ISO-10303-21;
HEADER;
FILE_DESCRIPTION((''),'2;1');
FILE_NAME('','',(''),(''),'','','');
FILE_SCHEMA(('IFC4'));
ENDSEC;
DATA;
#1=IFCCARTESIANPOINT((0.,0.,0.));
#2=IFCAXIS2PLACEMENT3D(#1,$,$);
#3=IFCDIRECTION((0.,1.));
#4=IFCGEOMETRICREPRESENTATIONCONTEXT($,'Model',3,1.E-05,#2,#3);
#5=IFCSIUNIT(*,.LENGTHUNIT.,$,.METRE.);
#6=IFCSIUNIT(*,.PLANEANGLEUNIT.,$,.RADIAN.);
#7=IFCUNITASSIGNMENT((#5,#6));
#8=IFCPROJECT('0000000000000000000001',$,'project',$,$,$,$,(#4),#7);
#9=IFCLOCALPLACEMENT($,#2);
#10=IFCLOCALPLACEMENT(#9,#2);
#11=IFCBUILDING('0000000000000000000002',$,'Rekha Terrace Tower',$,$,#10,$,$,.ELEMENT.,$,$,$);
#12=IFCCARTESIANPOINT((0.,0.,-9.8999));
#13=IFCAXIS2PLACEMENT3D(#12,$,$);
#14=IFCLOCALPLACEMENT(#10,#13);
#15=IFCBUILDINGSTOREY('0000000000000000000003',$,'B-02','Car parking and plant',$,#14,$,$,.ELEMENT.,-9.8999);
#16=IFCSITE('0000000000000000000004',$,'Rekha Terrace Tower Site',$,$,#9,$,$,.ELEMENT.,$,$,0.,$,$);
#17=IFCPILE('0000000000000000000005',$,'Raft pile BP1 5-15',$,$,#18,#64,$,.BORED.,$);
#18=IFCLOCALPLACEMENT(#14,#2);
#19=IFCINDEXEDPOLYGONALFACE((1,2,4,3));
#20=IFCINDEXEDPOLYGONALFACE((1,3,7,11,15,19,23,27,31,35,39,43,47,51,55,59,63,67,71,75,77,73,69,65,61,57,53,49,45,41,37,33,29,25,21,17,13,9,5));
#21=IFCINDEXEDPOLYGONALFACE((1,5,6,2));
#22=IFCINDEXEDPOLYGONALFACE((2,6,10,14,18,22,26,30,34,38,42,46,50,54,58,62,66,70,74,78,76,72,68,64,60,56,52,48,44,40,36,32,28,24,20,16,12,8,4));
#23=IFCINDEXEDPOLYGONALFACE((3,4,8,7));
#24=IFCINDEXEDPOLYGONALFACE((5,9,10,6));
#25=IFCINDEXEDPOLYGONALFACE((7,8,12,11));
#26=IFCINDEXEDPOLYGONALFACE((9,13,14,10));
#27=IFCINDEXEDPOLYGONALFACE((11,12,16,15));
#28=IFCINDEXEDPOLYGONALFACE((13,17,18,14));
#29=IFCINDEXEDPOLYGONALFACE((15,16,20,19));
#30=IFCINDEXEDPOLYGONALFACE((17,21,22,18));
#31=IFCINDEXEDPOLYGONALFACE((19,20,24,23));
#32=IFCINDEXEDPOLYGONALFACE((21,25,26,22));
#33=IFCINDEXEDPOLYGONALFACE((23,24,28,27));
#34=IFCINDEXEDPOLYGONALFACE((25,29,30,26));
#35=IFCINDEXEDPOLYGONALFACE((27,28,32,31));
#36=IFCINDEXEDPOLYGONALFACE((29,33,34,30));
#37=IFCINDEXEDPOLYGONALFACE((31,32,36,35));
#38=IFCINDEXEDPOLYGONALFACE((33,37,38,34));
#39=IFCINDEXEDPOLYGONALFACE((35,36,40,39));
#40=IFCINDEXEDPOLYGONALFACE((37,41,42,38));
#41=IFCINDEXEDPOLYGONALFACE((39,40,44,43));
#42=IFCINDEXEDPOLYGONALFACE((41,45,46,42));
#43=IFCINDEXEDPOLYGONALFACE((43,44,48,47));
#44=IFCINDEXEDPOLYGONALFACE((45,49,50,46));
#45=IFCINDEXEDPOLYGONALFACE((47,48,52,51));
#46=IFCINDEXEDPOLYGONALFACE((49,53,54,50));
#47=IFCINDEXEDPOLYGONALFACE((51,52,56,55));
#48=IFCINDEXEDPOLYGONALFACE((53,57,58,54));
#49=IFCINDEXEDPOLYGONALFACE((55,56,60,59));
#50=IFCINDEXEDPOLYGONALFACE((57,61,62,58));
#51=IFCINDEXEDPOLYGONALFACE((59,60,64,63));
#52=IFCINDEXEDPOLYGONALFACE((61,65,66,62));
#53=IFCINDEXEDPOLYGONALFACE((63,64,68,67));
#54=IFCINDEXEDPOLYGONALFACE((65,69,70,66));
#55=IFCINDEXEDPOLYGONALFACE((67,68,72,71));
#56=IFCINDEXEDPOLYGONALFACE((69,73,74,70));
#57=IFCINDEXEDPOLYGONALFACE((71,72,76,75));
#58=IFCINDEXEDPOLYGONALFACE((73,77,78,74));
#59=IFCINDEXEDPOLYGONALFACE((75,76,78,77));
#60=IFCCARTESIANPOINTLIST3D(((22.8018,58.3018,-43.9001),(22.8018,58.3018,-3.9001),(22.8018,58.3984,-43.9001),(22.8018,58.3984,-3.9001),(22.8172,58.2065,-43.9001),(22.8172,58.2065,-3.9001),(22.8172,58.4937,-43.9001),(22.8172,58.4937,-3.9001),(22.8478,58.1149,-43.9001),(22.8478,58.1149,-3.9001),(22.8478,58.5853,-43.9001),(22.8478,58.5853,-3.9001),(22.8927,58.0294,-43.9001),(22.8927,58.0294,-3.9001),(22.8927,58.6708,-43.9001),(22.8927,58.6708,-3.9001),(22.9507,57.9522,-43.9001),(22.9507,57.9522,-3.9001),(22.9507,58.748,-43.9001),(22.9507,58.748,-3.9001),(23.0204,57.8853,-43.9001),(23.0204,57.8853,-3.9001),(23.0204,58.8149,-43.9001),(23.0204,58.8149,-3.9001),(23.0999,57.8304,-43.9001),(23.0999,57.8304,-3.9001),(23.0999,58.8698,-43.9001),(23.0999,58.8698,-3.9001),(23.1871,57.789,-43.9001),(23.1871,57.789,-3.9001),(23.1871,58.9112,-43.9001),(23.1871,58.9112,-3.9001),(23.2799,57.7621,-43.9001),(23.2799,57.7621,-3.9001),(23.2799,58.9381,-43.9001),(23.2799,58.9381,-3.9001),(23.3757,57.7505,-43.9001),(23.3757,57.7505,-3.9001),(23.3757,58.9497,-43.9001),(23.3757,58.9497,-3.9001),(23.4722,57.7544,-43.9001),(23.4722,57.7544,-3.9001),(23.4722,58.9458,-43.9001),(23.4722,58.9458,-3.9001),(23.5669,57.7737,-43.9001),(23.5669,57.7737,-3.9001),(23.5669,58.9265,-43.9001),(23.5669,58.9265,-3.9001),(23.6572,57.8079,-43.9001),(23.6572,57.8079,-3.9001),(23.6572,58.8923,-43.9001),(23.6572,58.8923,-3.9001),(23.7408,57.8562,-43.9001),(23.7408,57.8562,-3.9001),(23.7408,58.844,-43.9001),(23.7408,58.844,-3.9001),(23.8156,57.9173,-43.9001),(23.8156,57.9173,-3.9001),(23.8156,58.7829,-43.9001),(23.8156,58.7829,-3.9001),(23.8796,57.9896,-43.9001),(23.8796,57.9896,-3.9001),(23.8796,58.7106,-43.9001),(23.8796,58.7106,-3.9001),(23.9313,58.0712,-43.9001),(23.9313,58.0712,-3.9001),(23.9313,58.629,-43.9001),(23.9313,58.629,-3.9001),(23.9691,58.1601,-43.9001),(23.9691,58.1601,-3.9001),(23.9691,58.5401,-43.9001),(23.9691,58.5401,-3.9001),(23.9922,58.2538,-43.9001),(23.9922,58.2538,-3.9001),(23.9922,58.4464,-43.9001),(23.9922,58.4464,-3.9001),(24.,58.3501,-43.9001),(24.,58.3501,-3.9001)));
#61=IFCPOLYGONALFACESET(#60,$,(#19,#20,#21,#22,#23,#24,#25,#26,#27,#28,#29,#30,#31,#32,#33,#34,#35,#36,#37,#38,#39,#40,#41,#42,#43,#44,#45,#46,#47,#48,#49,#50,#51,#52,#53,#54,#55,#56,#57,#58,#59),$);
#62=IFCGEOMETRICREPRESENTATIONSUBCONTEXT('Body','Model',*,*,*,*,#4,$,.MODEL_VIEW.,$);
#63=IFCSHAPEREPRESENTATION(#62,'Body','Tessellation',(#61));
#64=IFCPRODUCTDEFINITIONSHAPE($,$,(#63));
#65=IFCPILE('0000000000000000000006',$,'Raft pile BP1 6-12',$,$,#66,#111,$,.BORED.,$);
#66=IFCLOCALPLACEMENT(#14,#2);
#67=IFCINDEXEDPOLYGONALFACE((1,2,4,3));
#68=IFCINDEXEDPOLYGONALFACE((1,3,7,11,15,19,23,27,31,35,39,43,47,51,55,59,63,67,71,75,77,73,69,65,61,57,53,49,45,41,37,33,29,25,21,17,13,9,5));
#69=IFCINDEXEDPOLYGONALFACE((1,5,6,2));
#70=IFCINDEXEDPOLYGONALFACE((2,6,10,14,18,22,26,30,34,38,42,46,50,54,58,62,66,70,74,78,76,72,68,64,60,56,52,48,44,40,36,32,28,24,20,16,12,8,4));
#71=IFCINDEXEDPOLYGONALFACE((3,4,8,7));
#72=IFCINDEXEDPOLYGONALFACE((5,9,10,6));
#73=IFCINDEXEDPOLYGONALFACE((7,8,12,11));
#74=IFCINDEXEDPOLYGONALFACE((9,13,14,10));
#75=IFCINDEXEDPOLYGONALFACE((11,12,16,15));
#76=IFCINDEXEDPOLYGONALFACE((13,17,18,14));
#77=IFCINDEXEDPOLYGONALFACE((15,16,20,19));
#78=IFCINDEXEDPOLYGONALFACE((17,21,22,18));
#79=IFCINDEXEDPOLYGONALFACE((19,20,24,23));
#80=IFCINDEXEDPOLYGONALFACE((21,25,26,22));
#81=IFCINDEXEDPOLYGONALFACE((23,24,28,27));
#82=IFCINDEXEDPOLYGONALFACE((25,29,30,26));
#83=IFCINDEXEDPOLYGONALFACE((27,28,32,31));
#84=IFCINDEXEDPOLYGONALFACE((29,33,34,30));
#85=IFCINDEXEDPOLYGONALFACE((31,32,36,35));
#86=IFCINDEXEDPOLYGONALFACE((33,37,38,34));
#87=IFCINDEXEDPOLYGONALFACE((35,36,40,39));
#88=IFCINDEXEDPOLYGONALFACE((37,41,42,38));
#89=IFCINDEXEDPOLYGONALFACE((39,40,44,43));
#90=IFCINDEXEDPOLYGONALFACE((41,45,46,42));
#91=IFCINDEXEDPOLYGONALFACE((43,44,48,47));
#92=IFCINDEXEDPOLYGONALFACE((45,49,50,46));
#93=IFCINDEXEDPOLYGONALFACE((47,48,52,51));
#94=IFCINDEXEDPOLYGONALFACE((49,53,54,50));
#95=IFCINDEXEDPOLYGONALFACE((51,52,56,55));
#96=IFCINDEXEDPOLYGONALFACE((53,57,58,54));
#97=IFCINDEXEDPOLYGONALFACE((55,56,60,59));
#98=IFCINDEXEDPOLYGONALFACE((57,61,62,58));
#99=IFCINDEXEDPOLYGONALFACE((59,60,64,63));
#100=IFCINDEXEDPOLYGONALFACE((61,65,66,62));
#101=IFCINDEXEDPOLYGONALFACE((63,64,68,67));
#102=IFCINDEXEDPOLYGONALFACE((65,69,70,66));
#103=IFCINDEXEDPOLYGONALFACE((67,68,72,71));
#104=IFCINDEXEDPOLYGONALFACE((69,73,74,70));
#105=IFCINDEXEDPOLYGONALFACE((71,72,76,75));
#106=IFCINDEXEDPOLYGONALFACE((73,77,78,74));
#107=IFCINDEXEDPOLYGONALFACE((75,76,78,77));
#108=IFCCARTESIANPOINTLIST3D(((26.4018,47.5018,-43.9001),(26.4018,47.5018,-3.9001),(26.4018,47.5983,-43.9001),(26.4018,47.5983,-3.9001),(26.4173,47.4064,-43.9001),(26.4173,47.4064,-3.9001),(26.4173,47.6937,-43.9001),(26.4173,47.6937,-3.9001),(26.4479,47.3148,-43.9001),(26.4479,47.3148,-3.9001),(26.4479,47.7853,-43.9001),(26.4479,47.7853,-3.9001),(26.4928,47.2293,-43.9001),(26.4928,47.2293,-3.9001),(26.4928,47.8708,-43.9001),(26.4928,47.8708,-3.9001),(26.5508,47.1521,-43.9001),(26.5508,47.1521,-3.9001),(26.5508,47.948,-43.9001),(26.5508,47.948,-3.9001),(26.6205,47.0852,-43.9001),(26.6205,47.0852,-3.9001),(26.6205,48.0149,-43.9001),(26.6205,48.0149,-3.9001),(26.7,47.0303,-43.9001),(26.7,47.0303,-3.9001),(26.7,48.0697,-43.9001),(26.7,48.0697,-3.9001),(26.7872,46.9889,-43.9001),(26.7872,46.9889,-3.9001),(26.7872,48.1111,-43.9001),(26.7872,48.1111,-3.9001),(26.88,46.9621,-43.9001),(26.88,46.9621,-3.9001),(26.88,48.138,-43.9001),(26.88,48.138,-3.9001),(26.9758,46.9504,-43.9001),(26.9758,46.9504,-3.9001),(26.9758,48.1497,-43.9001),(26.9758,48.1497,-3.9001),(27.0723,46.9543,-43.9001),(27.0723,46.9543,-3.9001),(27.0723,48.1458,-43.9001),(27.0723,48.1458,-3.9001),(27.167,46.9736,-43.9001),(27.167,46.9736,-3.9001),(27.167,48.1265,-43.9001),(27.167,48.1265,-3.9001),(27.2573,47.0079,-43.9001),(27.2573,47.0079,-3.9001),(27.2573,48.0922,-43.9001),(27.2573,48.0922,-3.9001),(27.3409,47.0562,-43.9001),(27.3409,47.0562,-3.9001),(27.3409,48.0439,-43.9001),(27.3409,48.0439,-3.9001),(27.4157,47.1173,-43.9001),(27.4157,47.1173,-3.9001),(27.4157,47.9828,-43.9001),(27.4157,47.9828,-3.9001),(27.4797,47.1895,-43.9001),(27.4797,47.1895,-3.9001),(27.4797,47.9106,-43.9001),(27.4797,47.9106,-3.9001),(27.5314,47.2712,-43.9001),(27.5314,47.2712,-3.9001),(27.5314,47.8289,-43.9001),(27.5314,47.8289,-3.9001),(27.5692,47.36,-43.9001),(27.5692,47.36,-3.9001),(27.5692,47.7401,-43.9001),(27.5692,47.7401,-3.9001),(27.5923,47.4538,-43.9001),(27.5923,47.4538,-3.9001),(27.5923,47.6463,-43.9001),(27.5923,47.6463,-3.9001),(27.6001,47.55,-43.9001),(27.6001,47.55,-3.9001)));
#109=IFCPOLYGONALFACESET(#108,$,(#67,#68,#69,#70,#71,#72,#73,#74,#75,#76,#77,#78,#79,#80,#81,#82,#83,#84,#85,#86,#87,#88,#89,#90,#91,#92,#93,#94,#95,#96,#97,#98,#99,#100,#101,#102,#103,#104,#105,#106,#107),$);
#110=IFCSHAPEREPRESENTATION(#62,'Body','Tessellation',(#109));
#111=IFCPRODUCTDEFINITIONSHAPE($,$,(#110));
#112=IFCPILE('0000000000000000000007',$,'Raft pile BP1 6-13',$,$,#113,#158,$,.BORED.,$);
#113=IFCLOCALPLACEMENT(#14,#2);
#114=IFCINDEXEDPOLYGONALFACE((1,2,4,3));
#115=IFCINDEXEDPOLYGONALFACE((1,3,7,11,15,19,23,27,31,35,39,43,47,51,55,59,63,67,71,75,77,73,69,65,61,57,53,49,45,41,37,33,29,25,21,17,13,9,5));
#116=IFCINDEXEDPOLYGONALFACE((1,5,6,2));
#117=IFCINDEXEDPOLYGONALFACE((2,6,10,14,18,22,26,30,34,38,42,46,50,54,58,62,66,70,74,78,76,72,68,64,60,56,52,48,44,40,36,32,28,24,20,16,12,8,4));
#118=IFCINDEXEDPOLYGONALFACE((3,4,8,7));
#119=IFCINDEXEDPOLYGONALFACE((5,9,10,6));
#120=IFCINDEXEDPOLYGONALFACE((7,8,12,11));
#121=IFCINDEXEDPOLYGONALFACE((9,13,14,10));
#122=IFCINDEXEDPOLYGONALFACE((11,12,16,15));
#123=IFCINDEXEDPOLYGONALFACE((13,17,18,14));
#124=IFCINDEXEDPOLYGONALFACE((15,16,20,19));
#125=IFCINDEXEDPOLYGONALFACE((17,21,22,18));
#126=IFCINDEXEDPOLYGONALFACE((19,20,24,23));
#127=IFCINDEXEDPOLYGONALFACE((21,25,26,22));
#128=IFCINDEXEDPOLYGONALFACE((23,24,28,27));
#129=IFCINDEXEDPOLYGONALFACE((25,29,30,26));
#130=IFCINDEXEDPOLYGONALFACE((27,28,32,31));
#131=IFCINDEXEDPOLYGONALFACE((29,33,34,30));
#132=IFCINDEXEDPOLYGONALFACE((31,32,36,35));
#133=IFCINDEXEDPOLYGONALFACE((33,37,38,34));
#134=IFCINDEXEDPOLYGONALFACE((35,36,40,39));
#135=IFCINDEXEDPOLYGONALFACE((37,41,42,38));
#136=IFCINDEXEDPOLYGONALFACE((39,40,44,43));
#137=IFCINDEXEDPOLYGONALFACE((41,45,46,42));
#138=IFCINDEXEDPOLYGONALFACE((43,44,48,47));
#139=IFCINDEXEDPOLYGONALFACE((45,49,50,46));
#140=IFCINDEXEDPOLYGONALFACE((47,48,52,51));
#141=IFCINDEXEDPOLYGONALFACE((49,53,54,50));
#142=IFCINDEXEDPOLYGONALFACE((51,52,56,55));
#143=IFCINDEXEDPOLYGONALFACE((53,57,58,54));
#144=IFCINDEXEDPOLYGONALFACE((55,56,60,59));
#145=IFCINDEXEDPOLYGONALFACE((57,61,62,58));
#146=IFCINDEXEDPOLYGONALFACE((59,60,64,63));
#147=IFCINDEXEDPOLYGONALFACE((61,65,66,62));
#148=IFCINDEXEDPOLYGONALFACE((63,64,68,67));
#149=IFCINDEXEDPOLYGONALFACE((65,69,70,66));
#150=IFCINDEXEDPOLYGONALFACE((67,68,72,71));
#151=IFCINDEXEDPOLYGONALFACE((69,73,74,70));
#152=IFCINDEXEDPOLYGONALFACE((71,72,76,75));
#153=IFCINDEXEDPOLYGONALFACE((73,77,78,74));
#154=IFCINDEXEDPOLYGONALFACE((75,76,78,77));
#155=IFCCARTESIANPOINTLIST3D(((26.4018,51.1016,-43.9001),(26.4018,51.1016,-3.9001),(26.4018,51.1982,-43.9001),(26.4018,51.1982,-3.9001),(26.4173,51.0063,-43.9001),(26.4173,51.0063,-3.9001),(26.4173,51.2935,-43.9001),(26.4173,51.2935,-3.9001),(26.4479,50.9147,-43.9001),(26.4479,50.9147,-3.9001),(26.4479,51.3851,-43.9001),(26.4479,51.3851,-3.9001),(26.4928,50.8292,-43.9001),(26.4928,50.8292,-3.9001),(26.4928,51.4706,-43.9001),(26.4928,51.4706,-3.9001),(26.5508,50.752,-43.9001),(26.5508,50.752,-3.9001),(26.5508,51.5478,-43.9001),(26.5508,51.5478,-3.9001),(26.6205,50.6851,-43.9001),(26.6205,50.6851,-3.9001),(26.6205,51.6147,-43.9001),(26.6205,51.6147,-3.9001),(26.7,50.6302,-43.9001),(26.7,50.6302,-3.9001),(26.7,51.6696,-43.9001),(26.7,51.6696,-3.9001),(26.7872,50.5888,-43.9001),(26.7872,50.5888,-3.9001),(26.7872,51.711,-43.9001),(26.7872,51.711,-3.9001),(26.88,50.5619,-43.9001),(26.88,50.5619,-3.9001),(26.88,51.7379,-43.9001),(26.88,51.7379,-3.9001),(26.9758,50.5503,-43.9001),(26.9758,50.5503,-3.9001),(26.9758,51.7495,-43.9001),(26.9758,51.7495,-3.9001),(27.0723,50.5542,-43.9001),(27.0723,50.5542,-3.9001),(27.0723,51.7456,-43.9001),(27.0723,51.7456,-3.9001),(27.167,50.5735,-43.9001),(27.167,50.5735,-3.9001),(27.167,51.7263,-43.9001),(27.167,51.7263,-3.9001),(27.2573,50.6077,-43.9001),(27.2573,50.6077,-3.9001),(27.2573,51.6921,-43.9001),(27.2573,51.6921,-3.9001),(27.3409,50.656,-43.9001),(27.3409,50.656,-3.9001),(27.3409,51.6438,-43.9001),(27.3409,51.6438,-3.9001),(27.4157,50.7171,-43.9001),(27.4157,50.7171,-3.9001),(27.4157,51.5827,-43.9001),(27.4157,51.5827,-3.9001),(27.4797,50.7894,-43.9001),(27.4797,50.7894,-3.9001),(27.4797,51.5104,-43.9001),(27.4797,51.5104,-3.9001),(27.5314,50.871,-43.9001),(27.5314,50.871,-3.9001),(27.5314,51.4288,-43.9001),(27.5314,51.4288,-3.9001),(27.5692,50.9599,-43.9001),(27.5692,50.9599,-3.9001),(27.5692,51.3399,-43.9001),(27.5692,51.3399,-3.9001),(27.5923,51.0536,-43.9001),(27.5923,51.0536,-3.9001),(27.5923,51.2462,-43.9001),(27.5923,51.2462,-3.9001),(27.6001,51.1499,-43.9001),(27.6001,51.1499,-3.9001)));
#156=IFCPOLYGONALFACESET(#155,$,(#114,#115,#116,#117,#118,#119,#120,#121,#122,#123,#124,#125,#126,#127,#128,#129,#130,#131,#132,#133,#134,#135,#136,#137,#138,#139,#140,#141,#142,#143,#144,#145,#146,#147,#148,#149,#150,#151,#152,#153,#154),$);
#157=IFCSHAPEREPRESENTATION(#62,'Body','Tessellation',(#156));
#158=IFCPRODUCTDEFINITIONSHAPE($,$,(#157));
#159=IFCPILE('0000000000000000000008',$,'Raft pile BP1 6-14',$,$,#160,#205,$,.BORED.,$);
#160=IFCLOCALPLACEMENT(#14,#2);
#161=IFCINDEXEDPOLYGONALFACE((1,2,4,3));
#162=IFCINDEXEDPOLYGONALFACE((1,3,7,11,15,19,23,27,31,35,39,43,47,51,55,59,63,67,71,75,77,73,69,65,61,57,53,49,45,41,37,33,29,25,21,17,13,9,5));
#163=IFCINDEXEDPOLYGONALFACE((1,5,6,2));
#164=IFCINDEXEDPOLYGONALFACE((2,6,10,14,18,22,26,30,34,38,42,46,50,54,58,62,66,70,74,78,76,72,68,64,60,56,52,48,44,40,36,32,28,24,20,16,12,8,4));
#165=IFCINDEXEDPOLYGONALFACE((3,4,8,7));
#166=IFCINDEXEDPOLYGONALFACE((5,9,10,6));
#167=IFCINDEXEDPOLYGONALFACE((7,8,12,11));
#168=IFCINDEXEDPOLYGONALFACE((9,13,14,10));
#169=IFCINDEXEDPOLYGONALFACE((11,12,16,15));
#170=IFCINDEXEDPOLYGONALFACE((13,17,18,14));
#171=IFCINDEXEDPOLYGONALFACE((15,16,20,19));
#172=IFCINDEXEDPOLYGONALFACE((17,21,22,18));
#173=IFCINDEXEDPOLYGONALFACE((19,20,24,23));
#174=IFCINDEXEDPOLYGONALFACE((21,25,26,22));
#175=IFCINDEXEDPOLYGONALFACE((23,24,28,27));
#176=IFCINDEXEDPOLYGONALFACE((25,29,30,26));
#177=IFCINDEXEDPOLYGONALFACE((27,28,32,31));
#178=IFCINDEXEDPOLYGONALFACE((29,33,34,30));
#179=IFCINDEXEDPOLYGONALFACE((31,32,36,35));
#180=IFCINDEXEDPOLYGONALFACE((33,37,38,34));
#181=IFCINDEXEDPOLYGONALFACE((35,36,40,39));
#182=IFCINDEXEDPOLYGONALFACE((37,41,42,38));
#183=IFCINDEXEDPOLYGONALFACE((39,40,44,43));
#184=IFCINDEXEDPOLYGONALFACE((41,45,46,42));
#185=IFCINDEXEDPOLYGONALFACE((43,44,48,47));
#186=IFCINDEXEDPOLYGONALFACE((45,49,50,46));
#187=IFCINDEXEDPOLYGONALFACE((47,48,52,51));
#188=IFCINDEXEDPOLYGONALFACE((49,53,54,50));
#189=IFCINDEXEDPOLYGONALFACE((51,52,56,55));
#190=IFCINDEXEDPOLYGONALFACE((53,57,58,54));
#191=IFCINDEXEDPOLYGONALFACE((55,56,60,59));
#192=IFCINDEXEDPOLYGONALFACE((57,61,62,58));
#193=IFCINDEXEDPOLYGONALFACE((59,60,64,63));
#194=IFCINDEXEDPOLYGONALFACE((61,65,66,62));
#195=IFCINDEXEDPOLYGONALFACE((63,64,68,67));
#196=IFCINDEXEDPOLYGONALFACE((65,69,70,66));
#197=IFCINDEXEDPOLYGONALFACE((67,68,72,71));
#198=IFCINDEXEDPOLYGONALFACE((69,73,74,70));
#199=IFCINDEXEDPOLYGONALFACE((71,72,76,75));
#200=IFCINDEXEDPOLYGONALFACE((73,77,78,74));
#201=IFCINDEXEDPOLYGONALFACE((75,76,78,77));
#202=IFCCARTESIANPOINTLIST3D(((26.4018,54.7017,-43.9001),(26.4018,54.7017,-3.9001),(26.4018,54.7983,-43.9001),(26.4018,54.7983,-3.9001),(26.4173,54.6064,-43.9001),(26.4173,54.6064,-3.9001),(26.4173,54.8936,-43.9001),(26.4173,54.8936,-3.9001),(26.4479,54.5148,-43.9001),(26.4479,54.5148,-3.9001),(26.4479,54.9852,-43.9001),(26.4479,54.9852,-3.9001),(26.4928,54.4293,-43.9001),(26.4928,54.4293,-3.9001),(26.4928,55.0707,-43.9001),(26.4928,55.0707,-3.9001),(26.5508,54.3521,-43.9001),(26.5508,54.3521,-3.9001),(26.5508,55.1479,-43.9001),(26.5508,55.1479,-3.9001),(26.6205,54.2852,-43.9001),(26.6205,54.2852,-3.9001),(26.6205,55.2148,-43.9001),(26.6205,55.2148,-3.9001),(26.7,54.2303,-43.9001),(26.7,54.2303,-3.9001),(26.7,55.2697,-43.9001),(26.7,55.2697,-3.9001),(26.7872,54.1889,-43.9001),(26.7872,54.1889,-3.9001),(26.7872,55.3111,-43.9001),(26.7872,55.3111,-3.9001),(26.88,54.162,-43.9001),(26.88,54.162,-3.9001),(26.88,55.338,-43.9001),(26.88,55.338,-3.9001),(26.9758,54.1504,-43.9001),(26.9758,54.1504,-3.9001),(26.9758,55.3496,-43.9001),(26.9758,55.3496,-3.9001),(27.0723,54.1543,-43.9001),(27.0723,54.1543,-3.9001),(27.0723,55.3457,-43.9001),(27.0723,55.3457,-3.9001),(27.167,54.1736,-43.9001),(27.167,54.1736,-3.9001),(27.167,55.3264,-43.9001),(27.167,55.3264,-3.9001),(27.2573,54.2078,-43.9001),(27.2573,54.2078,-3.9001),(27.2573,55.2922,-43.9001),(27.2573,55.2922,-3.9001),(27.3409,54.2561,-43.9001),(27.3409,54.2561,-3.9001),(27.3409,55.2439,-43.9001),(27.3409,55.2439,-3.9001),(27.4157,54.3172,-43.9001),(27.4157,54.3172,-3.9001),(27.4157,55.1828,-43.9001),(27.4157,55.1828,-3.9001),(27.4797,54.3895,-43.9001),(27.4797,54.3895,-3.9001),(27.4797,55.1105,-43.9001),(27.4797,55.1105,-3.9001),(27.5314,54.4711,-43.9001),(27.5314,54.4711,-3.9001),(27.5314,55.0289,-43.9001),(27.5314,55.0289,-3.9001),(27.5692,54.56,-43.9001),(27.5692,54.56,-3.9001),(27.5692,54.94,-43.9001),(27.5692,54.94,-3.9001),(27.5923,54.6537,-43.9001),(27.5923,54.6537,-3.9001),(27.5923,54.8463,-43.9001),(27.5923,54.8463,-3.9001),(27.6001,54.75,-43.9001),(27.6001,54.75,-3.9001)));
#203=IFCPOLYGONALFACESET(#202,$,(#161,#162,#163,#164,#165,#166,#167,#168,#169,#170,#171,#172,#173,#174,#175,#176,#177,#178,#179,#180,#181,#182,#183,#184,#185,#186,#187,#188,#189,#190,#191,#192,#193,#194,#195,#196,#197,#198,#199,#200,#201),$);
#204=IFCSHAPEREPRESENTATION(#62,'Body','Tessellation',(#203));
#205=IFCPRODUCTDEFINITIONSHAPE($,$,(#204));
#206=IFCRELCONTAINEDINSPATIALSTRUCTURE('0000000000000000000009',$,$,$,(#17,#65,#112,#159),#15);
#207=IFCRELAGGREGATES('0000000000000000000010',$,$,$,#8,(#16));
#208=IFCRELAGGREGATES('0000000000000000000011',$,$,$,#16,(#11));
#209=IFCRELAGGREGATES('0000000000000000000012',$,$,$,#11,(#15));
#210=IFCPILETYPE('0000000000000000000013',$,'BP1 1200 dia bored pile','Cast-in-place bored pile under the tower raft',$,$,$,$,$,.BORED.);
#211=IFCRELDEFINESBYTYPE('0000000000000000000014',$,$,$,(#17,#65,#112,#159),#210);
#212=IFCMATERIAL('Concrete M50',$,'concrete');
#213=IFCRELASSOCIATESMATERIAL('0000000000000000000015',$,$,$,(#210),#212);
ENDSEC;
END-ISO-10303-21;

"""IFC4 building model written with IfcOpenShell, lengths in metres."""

from ifc_helpers import new_model, si_unit, direction, frame, origin, origin_2d, place, context, subcontext, project, spatial, circle, extrude, material, type_object, element, save


model = new_model("IFC4")

# Units and contexts
model_context = context("Model", 3, precision=1e-05, world=origin(), true_north=direction((0.0, 1.0)))
body_context = subcontext(model_context, "Body", "Model", "MODEL_VIEW")
ifc_project = project(units=[si_unit("LENGTHUNIT", "METRE"), si_unit("PLANEANGLEUNIT", "RADIAN")], contexts=[model_context])

# Site, building, storey
site_placement = place(None, origin())
site = spatial("IfcSite", under=ifc_project, at=site_placement, Name="Rekha Terrace Tower Site", CompositionType="ELEMENT", RefElevation=0.0)
building_placement = place(site_placement, origin())
building = spatial("IfcBuilding", under=site, at=building_placement, Name="Rekha Terrace Tower", CompositionType="ELEMENT")
storey_placement = place(building_placement, frame((0.0, 0.0, -9.8999)))
storey = spatial("IfcBuildingStorey", under=building, at=storey_placement, Name="B-02", Description="Car parking and plant", CompositionType="ELEMENT", Elevation=-9.8999)

# Piles
ifc_material_1 = material(Name="Concrete M50", Category="concrete")
pile_type = type_object("IfcPileType", Name="BP1 1200 dia bored pile", Description="Cast-in-place bored pile under the tower raft", PredefinedType="BORED", material=ifc_material_1)
for number, where, z_axis, x_axis, name in (
    (1, (23.3999, 58.3501, -3.9001), (0.0, 0.0, -1.0), (1.0, 0.0, 0.0), "Raft pile BP1 5-15"),
    (2, (27.0, 47.55, -3.9001), (0.0, 0.0, -1.0), (1.0, 0.0, 0.0), "Raft pile BP1 6-12"),
    (3, (27.0, 51.1499, -3.9001), (0.0, 0.0, -1.0), (1.0, 0.0, 0.0), "Raft pile BP1 6-13"),
    (4, (27.0, 54.75, -3.9001), (0.0, 0.0, -1.0), (1.0, 0.0, 0.0), "Raft pile BP1 6-14"),
):
    element("IfcPile", number, at=place(storey_placement, frame(where, z_axis=z_axis, x_axis=x_axis)), inside=storey, type_object=pile_type, Name=name, PredefinedType="BORED", context=body_context, shape_type="SweptSolid", body=[
        extrude(circle(Radius=0.6001, at=origin_2d()), origin(), (0.0, 0.0, 1.0), 40.0),
    ])

save(model, "model.ifc")
